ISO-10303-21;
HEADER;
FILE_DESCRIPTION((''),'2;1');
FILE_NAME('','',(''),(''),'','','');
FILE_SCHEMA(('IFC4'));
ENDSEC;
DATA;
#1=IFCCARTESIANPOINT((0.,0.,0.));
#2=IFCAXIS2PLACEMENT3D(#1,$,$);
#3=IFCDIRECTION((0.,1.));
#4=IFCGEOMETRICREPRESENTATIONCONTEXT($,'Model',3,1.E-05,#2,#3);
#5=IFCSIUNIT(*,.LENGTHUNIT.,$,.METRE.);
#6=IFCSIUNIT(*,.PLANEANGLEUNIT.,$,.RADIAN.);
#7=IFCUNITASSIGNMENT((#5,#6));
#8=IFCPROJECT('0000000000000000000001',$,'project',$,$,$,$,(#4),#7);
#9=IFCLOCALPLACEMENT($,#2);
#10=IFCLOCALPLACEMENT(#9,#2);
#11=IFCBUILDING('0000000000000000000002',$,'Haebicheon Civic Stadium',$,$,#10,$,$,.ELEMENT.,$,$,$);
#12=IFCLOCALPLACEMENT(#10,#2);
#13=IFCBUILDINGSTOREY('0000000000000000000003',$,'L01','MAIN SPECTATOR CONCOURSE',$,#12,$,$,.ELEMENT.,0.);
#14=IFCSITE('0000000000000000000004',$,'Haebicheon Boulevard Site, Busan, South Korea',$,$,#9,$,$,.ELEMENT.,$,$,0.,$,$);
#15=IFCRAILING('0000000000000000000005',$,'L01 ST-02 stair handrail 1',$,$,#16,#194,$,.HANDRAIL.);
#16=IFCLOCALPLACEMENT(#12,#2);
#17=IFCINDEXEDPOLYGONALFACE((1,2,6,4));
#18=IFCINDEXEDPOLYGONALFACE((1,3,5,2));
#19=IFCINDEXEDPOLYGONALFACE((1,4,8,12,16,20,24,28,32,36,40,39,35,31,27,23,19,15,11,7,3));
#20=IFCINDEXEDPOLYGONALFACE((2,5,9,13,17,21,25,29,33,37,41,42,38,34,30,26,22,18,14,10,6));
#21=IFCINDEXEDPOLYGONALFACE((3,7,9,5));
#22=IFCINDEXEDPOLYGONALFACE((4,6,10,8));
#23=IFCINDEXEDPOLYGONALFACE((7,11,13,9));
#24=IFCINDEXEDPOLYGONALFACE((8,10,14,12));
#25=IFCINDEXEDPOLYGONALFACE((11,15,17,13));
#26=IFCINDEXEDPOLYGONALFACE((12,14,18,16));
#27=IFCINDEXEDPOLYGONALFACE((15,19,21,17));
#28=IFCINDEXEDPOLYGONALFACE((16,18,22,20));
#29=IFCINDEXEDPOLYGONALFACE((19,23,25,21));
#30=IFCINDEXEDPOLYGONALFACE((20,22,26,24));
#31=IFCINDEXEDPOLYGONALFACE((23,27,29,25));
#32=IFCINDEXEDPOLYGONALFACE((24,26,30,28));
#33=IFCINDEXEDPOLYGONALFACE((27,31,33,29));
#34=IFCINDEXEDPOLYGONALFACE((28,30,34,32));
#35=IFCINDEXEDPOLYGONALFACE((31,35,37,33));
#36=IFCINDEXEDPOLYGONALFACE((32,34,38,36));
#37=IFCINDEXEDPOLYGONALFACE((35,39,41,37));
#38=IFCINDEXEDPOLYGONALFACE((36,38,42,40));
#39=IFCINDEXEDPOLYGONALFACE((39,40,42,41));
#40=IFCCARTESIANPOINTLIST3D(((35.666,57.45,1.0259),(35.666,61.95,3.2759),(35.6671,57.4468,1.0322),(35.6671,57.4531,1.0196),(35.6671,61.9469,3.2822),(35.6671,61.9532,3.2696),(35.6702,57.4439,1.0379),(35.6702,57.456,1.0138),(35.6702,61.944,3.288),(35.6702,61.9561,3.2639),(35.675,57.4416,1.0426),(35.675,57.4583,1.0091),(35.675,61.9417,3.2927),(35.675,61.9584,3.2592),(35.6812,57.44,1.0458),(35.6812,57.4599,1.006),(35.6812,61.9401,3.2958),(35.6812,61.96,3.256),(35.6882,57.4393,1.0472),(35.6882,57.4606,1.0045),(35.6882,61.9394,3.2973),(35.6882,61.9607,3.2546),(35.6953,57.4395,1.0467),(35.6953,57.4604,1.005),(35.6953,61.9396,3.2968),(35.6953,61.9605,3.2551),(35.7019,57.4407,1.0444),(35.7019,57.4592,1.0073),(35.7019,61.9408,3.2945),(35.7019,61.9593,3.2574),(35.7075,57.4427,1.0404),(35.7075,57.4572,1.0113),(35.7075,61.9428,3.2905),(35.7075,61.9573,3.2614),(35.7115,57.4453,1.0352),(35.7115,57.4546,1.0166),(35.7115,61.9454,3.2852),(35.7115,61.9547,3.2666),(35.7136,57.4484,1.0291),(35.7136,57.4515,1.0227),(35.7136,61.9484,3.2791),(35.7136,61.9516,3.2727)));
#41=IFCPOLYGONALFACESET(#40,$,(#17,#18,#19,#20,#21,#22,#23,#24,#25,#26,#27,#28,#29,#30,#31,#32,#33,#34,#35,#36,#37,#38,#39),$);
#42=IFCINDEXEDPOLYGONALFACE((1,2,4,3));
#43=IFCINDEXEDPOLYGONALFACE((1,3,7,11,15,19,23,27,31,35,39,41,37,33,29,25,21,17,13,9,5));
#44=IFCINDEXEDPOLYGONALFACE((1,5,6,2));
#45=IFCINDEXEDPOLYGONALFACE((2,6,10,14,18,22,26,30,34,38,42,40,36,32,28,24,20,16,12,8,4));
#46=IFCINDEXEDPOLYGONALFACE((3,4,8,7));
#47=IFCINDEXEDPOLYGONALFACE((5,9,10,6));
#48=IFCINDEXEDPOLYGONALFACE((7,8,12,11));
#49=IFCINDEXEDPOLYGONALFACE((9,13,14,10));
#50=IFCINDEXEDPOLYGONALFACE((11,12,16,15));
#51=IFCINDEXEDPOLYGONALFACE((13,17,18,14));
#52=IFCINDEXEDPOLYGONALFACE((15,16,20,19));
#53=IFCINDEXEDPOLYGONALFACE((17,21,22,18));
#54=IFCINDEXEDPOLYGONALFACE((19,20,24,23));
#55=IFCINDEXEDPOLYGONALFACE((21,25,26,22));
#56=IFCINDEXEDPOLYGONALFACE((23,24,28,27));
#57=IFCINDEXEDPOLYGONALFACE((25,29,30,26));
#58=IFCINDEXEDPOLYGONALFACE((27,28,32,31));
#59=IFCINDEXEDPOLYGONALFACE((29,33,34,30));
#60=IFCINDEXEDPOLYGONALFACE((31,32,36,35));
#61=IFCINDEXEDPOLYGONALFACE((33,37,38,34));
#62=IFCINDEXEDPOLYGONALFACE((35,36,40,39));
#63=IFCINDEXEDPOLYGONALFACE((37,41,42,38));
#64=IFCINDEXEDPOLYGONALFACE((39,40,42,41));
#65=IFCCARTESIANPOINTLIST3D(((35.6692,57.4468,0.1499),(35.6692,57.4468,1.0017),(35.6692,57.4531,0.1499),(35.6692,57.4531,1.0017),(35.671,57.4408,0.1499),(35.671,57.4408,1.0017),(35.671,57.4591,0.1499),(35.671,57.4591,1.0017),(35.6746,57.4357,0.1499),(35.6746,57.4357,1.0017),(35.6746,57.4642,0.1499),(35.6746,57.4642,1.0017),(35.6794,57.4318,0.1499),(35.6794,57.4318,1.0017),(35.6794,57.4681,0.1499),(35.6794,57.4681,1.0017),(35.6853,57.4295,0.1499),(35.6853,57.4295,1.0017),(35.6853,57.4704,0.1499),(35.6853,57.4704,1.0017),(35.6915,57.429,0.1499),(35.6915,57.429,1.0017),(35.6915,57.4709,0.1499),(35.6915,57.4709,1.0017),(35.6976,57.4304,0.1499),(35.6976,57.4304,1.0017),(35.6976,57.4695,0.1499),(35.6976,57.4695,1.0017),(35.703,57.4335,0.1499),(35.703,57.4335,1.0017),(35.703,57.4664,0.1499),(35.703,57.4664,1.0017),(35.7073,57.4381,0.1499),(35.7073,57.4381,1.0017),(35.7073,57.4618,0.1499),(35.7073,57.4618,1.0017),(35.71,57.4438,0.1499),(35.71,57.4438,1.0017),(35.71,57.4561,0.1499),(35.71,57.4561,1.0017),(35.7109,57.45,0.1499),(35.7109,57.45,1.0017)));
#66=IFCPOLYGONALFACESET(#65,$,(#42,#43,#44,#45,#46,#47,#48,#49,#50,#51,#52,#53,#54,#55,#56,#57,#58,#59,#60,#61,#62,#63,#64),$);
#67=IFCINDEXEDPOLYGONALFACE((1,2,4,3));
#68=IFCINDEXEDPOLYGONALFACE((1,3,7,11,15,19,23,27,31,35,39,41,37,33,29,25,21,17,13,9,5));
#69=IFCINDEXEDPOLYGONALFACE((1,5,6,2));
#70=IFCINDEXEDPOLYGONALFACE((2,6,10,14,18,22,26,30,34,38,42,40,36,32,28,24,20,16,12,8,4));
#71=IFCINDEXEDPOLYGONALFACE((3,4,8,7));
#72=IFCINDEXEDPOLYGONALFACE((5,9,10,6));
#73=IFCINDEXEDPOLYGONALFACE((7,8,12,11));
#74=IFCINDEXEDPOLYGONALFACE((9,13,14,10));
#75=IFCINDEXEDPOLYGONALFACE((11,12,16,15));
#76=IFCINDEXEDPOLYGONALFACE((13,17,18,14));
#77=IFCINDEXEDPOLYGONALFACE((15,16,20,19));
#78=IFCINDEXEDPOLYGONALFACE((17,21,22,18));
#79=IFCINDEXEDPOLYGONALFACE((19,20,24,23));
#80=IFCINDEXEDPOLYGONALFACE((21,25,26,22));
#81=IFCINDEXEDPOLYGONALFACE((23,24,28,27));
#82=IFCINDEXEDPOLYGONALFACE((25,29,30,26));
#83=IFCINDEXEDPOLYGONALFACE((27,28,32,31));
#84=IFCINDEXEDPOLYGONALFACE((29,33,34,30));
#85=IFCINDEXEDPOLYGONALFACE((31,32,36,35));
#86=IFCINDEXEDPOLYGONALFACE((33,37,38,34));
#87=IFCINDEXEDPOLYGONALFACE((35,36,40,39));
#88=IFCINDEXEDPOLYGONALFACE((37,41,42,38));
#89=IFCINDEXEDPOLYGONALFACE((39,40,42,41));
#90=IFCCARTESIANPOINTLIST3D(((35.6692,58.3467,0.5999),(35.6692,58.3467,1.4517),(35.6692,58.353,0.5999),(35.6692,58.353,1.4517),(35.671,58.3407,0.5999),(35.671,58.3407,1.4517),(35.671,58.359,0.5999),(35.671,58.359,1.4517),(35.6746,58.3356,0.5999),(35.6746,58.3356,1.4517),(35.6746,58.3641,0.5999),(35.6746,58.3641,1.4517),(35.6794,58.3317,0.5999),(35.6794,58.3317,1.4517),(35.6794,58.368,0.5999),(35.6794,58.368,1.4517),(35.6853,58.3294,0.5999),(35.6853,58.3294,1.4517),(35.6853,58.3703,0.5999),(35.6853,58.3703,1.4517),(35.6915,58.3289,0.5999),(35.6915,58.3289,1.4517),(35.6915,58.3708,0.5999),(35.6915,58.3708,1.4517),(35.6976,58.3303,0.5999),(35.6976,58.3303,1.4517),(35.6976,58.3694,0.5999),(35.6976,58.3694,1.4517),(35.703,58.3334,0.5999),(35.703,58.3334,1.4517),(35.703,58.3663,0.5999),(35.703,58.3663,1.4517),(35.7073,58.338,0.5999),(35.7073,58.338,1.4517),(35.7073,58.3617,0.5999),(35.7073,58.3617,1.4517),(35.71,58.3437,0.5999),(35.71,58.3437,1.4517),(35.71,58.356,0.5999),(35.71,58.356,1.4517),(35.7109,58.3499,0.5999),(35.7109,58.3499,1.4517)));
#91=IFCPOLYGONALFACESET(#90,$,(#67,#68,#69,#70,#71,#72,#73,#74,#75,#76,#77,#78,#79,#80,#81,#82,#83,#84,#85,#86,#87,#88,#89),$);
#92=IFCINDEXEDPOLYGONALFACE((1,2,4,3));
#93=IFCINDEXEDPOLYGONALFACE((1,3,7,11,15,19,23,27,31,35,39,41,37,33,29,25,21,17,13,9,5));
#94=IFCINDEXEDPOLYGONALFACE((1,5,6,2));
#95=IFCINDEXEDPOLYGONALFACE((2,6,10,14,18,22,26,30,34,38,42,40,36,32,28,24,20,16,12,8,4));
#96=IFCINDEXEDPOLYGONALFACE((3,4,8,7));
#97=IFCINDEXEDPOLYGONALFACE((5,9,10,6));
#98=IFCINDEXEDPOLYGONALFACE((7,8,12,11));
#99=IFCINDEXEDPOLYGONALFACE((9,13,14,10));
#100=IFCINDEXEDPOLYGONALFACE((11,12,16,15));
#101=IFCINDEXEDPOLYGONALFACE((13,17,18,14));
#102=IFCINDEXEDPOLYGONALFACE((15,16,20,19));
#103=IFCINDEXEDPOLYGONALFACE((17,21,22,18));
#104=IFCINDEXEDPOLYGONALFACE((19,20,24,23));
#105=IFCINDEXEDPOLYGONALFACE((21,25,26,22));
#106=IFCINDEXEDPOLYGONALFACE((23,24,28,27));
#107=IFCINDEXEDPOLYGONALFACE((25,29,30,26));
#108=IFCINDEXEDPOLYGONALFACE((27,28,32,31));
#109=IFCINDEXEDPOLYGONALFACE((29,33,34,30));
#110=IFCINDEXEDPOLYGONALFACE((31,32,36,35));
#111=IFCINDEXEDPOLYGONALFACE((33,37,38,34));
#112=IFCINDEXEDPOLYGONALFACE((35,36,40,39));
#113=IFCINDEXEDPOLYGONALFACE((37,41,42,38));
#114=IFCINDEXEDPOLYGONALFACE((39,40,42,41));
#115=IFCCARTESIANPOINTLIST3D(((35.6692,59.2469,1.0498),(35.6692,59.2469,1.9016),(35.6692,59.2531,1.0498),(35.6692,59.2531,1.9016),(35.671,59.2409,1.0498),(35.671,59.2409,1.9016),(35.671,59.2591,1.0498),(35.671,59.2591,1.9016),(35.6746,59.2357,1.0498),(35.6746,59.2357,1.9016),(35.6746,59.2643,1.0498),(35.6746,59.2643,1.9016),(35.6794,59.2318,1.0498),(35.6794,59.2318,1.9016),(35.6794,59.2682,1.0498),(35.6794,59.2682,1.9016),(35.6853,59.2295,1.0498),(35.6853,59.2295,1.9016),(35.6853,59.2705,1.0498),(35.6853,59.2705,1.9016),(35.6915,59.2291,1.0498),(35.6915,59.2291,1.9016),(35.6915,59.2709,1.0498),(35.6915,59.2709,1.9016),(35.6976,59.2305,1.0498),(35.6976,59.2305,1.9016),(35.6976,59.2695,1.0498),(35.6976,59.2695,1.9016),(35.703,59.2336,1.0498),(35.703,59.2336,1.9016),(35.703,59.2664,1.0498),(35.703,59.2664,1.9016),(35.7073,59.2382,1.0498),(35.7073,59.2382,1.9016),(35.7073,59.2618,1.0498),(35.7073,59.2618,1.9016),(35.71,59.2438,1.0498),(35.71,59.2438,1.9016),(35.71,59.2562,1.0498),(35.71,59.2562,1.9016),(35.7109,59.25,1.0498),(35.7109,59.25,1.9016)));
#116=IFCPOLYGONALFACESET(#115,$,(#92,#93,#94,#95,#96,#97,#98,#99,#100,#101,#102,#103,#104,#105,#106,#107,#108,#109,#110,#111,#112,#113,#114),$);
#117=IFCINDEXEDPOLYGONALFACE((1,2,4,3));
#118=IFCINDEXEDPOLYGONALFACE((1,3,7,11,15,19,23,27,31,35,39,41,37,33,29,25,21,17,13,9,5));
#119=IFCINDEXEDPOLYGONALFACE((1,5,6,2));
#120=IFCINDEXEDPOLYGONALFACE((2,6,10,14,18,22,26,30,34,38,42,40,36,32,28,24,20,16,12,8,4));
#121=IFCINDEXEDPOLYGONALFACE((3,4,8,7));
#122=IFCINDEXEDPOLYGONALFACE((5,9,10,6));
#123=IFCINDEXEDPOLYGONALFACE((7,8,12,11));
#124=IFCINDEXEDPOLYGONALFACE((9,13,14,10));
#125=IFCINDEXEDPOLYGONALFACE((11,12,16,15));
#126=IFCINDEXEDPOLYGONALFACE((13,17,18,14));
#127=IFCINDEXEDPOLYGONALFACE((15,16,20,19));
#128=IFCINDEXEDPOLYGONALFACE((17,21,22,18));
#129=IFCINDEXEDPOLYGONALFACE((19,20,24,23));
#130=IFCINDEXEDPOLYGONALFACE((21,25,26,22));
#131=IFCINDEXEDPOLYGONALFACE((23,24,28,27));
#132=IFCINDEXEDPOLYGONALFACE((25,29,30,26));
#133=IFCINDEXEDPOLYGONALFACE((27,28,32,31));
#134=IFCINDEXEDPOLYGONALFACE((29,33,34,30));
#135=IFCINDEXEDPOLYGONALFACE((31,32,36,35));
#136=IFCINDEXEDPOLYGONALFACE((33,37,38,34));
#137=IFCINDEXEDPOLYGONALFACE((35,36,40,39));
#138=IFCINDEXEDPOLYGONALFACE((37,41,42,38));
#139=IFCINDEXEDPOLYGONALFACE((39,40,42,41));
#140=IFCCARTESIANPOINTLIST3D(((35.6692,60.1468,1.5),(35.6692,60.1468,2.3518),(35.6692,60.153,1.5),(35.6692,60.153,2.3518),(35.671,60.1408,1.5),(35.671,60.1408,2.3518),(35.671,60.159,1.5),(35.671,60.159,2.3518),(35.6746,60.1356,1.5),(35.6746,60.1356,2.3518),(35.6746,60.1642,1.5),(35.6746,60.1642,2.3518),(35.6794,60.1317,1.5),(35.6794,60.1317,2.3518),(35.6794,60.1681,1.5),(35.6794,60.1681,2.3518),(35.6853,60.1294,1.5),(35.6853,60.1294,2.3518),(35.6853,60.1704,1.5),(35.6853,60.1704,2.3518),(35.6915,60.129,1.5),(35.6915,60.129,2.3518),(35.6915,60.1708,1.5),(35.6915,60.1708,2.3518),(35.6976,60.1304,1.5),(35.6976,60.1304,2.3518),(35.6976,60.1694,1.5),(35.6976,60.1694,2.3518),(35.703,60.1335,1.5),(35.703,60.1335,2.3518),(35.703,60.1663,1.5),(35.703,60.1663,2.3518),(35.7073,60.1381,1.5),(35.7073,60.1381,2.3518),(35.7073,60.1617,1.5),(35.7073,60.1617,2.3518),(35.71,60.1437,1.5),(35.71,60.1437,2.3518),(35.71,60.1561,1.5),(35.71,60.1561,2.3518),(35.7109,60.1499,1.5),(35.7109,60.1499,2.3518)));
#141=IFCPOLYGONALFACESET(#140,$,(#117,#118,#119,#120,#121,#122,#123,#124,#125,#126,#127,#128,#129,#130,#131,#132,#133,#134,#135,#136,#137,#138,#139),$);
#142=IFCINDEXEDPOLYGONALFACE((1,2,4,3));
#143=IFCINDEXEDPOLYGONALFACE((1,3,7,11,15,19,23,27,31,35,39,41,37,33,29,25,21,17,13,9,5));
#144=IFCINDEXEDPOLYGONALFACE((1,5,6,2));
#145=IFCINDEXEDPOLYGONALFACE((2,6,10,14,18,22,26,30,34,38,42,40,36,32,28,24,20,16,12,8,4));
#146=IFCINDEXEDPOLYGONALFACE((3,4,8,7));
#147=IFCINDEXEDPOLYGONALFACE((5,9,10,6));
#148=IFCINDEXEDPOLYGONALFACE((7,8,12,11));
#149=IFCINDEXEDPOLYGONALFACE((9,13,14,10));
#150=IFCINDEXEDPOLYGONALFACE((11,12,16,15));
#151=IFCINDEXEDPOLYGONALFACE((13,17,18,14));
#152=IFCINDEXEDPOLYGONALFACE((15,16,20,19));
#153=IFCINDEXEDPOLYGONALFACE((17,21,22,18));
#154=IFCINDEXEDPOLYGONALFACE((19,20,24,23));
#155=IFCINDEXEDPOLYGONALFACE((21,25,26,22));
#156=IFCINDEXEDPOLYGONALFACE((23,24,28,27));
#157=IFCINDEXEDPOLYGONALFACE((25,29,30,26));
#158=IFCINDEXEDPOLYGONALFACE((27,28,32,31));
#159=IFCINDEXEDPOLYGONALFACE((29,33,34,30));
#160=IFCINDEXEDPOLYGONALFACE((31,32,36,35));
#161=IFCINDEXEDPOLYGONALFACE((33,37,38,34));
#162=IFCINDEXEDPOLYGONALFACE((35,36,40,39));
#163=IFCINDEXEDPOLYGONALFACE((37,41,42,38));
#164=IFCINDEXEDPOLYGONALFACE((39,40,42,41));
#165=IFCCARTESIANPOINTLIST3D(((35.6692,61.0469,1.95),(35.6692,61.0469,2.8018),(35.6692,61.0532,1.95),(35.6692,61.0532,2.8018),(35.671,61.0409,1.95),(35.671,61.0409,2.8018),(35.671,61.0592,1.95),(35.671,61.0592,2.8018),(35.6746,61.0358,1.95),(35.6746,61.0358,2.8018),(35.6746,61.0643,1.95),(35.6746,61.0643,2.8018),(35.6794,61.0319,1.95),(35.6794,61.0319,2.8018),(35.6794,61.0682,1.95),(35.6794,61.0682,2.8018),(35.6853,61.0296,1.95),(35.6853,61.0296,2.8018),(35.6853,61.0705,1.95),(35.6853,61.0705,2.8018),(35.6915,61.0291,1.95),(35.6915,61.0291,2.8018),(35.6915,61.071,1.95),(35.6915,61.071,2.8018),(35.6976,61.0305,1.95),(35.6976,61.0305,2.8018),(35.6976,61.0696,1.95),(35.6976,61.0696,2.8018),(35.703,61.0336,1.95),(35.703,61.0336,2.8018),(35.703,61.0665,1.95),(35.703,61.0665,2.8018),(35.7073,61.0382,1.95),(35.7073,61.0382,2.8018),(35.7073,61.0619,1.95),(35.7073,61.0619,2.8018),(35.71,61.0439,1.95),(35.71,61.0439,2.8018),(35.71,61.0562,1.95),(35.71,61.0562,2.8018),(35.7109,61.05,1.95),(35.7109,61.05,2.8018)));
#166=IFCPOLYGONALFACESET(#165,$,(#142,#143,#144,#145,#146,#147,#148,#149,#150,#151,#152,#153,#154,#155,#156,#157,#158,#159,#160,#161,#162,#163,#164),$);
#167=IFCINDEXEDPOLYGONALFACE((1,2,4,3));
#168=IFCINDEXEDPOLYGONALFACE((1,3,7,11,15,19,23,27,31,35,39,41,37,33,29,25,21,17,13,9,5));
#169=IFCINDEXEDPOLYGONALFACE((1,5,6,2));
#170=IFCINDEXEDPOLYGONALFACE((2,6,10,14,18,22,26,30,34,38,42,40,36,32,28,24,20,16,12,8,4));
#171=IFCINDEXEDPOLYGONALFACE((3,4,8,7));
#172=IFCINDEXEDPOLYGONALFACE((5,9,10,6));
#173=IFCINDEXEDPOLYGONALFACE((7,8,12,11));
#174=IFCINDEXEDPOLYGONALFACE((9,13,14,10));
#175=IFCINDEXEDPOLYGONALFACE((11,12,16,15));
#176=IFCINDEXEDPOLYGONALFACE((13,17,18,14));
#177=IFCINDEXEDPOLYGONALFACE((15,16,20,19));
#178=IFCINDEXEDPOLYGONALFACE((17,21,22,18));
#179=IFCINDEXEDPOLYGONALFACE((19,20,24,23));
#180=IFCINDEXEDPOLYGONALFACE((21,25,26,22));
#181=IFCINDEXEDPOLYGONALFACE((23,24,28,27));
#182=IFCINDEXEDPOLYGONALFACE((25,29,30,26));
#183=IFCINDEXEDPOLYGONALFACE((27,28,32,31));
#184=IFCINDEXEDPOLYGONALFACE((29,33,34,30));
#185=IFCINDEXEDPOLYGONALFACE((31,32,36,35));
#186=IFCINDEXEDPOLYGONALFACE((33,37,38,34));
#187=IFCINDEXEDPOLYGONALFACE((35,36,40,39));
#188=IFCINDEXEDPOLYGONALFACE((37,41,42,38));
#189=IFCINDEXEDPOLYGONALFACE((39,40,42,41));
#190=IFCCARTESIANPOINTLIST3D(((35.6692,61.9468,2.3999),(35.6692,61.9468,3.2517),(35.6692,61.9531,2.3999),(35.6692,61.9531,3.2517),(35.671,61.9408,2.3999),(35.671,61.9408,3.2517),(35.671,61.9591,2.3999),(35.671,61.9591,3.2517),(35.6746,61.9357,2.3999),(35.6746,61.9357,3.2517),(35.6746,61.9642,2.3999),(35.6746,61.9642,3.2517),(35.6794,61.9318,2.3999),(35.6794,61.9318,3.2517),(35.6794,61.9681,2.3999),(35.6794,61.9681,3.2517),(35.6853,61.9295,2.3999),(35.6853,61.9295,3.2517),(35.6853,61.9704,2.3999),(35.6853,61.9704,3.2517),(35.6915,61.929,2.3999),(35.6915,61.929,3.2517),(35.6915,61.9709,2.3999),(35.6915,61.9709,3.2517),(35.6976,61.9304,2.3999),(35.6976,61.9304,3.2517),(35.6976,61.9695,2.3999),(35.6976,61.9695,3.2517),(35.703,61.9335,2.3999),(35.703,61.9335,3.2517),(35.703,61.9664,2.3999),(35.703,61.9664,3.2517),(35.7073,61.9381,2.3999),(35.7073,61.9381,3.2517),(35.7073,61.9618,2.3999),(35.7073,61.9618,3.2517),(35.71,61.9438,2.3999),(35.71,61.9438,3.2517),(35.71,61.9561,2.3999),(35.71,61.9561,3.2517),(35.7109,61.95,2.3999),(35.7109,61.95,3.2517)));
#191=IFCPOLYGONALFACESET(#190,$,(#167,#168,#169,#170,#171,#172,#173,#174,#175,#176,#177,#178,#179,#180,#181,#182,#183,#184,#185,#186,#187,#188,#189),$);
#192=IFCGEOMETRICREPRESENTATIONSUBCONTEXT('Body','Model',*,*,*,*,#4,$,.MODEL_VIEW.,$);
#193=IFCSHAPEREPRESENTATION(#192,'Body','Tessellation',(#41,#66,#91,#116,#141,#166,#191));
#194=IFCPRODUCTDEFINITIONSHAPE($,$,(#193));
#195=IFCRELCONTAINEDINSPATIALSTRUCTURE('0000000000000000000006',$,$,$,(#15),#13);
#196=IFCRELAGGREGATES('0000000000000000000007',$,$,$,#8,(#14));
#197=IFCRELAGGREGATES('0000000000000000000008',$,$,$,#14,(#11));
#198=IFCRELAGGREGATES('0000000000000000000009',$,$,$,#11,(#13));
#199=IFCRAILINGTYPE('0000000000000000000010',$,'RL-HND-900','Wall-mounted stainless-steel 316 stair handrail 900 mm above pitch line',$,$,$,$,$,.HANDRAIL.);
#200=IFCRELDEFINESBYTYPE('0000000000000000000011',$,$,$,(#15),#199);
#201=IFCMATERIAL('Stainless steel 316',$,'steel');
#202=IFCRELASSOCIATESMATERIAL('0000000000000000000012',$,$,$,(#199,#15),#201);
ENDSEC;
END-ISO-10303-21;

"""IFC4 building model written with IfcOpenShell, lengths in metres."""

from ifc_helpers import new_model, si_unit, direction, frame, origin, origin_2d, place, context, subcontext, project, spatial, circle, extrude, material, type_object, element, save


model = new_model("IFC4")

# Units and contexts
model_context = context("Model", 3, precision=1e-05, world=origin(), true_north=direction((0.0, 1.0)))
body_context = subcontext(model_context, "Body", "Model", "MODEL_VIEW")
ifc_project = project(units=[si_unit("LENGTHUNIT", "METRE"), si_unit("PLANEANGLEUNIT", "RADIAN")], contexts=[model_context])

# Site, building, storey
site_placement = place(None, origin())
site = spatial("IfcSite", under=ifc_project, at=site_placement, Name="Haebicheon Boulevard Site, Busan, South Korea", CompositionType="ELEMENT", RefElevation=0.0)
building_placement = place(site_placement, origin())
building = spatial("IfcBuilding", under=site, at=building_placement, Name="Haebicheon Civic Stadium", CompositionType="ELEMENT")
storey_placement = place(building_placement, origin())
storey = spatial("IfcBuildingStorey", under=building, at=storey_placement, Name="L01", Description="MAIN SPECTATOR CONCOURSE", CompositionType="ELEMENT", Elevation=0.0)

# Railing
ifc_material_1 = material(Name="Stainless steel 316", Category="steel")
railing_type_1 = type_object("IfcRailingType", Name="RL-HND-900", Description="Wall-mounted stainless-steel 316 stair handrail 900 mm above pitch line", PredefinedType="HANDRAIL", material=ifc_material_1)
railing_1_placement = place(storey_placement, frame((35.6899, 57.45, 0.1499)))
element("IfcRailing", 1, at=railing_1_placement, inside=storey, type_object=railing_type_1, material=ifc_material_1, Name="L01 ST-02 stair handrail 1", PredefinedType="HANDRAIL", context=body_context, shape_type="SweptSolid", body=[
    extrude(circle(Radius=0.0239, at=origin_2d()), frame((0.0, 0.0, 0.876), z_axis=(0.0, 0.894427, 0.447214), x_axis=(-1.0, 0.0, 0.0)), (0.0, 0.0, 1.0), 5.0312),
    extrude(circle(Radius=0.021, at=origin_2d()), origin(), (0.0, 0.0, 1.0), 0.8518),
    extrude(circle(Radius=0.021, at=origin_2d()), frame((0.0, 0.8999, 0.45)), (0.0, 0.0, 1.0), 0.8518),
    extrude(circle(Radius=0.021, at=origin_2d()), frame((0.0, 1.8, 0.8999)), (0.0, 0.0, 1.0), 0.8518),
    extrude(circle(Radius=0.021, at=origin_2d()), frame((0.0, 2.7, 1.3501)), (0.0, 0.0, 1.0), 0.8518),
    extrude(circle(Radius=0.021, at=origin_2d()), frame((0.0, 3.6001, 1.8)), (0.0, 0.0, 1.0), 0.8518),
    extrude(circle(Radius=0.021, at=origin_2d()), frame((0.0, 4.5, 2.25)), (0.0, 0.0, 1.0), 0.8518),
])

save(model, "model.ifc")
